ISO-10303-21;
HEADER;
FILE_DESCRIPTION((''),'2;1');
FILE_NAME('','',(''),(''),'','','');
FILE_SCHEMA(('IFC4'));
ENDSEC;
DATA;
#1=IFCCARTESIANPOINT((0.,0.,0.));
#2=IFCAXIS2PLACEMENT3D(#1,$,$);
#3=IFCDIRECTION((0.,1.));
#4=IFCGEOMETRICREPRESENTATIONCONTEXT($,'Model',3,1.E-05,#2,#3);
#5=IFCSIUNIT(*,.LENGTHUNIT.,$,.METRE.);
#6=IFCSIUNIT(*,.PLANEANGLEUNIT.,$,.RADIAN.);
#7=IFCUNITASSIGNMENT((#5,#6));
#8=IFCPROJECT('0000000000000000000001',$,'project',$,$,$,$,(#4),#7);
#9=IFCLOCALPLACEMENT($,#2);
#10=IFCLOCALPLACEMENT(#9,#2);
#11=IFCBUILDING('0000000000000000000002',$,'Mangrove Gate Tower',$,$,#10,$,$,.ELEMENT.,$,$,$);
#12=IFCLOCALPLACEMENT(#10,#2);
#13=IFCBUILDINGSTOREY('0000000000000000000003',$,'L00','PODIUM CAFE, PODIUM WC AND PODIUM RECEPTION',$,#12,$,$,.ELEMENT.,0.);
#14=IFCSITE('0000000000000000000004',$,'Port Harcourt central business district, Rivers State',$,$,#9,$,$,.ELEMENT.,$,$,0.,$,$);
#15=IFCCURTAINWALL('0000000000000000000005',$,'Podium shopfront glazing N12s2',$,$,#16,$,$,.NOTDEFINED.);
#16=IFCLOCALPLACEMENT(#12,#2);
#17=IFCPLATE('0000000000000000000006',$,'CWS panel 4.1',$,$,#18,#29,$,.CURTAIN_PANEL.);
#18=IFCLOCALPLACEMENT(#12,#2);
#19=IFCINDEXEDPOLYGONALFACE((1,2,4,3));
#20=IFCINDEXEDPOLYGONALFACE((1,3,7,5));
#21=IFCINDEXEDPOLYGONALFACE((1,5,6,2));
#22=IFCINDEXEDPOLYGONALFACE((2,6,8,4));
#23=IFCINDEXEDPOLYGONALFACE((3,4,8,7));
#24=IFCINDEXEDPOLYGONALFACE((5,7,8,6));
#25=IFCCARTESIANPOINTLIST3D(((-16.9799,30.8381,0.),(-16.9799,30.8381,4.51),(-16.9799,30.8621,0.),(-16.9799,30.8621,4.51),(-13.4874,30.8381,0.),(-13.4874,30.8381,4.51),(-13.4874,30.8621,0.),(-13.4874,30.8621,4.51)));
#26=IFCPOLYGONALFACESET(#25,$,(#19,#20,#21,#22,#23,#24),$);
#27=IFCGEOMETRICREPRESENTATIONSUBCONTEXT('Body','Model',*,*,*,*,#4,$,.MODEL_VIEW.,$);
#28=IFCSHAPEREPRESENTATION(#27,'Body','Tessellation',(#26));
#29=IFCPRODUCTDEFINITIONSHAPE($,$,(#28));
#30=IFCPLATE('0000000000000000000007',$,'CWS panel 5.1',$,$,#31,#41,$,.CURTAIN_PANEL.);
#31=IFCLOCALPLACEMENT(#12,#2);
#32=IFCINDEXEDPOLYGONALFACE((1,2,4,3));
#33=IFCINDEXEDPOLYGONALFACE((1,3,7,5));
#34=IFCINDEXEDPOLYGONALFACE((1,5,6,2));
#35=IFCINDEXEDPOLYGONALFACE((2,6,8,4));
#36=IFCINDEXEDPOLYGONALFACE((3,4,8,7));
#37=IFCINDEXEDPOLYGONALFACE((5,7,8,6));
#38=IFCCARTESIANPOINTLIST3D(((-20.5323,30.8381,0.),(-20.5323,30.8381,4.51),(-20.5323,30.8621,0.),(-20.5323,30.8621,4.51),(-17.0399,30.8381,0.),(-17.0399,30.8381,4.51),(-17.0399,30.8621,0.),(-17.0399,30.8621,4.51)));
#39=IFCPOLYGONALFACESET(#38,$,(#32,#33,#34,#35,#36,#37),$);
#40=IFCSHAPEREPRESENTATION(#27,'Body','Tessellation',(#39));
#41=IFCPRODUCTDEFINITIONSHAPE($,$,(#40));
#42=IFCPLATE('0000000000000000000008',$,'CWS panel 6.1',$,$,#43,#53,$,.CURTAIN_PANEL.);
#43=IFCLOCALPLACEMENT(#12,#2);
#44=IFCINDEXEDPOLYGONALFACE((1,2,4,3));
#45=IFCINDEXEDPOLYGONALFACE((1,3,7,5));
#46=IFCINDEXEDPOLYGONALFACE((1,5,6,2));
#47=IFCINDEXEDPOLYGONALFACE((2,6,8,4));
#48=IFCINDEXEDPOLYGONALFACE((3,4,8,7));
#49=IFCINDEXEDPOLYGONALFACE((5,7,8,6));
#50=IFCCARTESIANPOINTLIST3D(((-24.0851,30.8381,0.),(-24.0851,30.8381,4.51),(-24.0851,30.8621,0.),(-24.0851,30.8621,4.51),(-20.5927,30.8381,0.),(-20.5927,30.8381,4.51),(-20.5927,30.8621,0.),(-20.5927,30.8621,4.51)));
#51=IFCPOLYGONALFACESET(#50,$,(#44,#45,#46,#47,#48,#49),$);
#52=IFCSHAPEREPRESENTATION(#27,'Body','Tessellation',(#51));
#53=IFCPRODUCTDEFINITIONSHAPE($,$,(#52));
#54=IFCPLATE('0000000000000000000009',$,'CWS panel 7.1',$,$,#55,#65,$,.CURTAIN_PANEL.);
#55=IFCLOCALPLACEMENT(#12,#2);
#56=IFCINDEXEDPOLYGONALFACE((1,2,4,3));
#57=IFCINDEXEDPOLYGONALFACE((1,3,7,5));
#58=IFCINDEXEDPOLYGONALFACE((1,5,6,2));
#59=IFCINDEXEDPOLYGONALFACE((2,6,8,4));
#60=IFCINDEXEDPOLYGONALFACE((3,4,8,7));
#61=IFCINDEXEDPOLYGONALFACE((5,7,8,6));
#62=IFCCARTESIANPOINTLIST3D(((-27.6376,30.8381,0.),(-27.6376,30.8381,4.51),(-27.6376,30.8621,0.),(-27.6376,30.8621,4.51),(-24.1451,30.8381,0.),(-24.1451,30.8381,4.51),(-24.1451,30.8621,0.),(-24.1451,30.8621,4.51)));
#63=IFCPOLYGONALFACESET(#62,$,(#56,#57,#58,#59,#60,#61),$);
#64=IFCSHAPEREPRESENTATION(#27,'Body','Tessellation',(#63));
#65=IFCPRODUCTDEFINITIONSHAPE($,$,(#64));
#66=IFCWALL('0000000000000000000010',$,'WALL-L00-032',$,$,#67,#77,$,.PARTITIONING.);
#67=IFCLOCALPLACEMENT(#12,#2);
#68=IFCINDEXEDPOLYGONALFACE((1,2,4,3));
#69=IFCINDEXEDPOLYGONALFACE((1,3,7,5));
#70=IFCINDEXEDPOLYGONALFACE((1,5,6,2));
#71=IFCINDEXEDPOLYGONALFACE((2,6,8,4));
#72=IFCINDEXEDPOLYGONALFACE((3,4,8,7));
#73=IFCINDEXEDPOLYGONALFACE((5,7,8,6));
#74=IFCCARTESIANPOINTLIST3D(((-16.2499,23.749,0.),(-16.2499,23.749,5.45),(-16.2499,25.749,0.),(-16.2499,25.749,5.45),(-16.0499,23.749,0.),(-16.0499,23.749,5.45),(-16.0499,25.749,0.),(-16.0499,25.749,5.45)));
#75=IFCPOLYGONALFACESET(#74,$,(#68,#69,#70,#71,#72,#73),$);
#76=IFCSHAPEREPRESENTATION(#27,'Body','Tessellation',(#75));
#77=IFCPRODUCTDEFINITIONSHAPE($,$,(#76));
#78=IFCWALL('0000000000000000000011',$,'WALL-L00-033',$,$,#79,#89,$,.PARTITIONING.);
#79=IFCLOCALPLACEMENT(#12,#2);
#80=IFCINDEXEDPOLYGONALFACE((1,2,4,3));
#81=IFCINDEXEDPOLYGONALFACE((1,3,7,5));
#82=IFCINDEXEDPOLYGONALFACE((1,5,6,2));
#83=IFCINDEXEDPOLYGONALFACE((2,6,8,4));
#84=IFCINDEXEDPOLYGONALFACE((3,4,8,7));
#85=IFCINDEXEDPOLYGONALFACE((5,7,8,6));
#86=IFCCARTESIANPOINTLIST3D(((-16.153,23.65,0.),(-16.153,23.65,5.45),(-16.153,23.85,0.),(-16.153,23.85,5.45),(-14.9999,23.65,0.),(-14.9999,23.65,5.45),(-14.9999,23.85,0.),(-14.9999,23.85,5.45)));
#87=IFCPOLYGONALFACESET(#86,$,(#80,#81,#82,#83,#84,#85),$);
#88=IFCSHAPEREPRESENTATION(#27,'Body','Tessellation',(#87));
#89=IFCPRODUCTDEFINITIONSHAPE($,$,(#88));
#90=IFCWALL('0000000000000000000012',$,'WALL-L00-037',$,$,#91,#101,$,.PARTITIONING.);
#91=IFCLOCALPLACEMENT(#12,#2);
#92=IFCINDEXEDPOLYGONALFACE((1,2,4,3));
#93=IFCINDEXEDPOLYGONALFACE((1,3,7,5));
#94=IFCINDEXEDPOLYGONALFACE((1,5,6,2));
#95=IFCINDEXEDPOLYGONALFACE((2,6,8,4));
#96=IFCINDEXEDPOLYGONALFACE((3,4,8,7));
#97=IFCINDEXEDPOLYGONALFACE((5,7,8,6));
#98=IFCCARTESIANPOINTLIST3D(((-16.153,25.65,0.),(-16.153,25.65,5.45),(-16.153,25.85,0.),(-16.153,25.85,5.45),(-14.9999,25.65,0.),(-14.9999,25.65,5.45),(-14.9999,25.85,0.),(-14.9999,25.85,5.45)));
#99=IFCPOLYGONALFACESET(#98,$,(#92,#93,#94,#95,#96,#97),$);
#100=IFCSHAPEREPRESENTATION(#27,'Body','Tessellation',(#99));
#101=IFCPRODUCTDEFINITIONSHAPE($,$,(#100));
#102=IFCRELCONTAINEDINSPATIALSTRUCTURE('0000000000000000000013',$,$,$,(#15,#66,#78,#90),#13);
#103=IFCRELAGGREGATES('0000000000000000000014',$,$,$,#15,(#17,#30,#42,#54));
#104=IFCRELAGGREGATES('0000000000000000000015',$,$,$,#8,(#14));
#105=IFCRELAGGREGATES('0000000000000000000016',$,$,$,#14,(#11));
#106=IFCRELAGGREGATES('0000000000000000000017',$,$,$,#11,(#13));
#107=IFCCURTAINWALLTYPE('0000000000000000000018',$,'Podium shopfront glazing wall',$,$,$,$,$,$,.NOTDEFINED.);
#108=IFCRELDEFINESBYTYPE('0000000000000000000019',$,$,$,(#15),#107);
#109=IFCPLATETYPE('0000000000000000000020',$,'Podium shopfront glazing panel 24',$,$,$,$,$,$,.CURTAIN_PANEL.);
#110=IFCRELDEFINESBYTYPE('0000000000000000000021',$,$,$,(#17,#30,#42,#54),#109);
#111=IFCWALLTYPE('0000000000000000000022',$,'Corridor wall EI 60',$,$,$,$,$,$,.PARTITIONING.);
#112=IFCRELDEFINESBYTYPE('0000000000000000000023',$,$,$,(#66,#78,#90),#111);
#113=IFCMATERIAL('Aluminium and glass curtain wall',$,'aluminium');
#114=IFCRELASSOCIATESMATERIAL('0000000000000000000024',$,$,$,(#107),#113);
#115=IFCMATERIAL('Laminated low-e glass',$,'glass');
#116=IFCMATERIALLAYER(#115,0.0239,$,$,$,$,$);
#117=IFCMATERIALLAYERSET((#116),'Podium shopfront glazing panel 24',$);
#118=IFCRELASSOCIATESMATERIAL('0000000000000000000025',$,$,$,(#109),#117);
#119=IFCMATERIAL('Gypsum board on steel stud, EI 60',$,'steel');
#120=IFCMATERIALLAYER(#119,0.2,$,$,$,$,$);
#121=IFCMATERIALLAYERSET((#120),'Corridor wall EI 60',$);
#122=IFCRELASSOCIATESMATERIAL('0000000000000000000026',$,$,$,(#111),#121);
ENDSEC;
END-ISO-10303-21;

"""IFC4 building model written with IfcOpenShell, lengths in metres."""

from ifc_helpers import new_model, si_unit, direction, frame, frame_2d, origin, origin_2d, place, context, subcontext, project, spatial, rectangle, extrude, material, layer, layer_set, type_object, element, aggregate, save


model = new_model("IFC4")

# Units and contexts
model_context = context("Model", 3, precision=1e-05, world=origin(), true_north=direction((0.0, 1.0)))
body_context = subcontext(model_context, "Body", "Model", "MODEL_VIEW")
ifc_project = project(units=[si_unit("LENGTHUNIT", "METRE"), si_unit("PLANEANGLEUNIT", "RADIAN")], contexts=[model_context])

# Site, building, storey
site_placement = place(None, origin())
site = spatial("IfcSite", under=ifc_project, at=site_placement, Name="Port Harcourt central business district, Rivers State", CompositionType="ELEMENT", RefElevation=0.0)
building_placement = place(site_placement, origin())
building = spatial("IfcBuilding", under=site, at=building_placement, Name="Mangrove Gate Tower", CompositionType="ELEMENT")
storey_placement = place(building_placement, origin())
storey = spatial("IfcBuildingStorey", under=building, at=storey_placement, Name="L00", Description="PODIUM CAFE, PODIUM WC AND PODIUM RECEPTION", CompositionType="ELEMENT", Elevation=0.0)

# Curtain wall, plates
ifc_material_1 = material(Name="Aluminium and glass curtain wall", Category="aluminium")
curtain_wall_type = type_object("IfcCurtainWallType", Name="Podium shopfront glazing wall", PredefinedType="NOTDEFINED", material=ifc_material_1)
curtain_wall_placement = place(storey_placement, origin())
curtain_wall = element("IfcCurtainWall", 1, at=curtain_wall_placement, inside=storey, type_object=curtain_wall_type, Name="Podium shopfront glazing N12s2", PredefinedType="NOTDEFINED")
ifc_material_2 = material(Name="Laminated low-e glass", Category="glass")
ifc_layer_1 = layer(ifc_material_2, 0.0239)
ifc_layer_set_1 = layer_set([ifc_layer_1], Name="Podium shopfront glazing panel 24")
plate_type = type_object("IfcPlateType", Name="Podium shopfront glazing panel 24", PredefinedType="CURTAIN_PANEL", material=ifc_layer_set_1)
plate_1_placement = place(storey_placement, frame((-15.2336, 30.8501, 0.0), z_axis=(0.0, 0.0, 1.0), x_axis=(-1.0, 0.0, 0.0)))
plate_1 = element("IfcPlate", 2, at=plate_1_placement, type_object=plate_type, Name="CWS panel 4.1", PredefinedType="CURTAIN_PANEL", context=body_context, shape_type="SweptSolid", body=[
    extrude(rectangle(XDim=3.4924, YDim=0.0239, at=origin_2d()), origin(), (0.0, 0.0, 1.0), 4.51),
])
plate_2_placement = place(storey_placement, frame((-18.7861, 30.8501, 0.0), z_axis=(0.0, 0.0, 1.0), x_axis=(-1.0, 0.0, 0.0)))
plate_2 = element("IfcPlate", 3, at=plate_2_placement, type_object=plate_type, Name="CWS panel 5.1", PredefinedType="CURTAIN_PANEL", context=body_context, shape_type="SweptSolid", body=[
    extrude(rectangle(XDim=3.4924, YDim=0.0239, at=origin_2d()), origin(), (0.0, 0.0, 1.0), 4.51),
])
plate_3_placement = place(storey_placement, frame((-22.3389, 30.8501, 0.0), z_axis=(0.0, 0.0, 1.0), x_axis=(-1.0, 0.0, 0.0)))
plate_3 = element("IfcPlate", 4, at=plate_3_placement, type_object=plate_type, Name="CWS panel 6.1", PredefinedType="CURTAIN_PANEL", context=body_context, shape_type="SweptSolid", body=[
    extrude(rectangle(XDim=3.4924, YDim=0.0239, at=origin_2d()), origin(), (0.0, 0.0, 1.0), 4.51),
])
plate_4_placement = place(storey_placement, frame((-25.8914, 30.8501, 0.0), z_axis=(0.0, 0.0, 1.0), x_axis=(-1.0, 0.0, 0.0)))
plate_4 = element("IfcPlate", 5, at=plate_4_placement, type_object=plate_type, Name="CWS panel 7.1", PredefinedType="CURTAIN_PANEL", context=body_context, shape_type="SweptSolid", body=[
    extrude(rectangle(XDim=3.4924, YDim=0.0239, at=origin_2d()), origin(), (0.0, 0.0, 1.0), 4.51),
])
aggregate(curtain_wall, [plate_1, plate_2, plate_3, plate_4])

# Walls
ifc_material_3 = material(Name="Gypsum board on steel stud, EI 60", Category="steel")
ifc_layer_2 = layer(ifc_material_3, 0.2)
ifc_layer_set_2 = layer_set([ifc_layer_2], Name="Corridor wall EI 60")
wall_type = type_object("IfcWallType", Name="Corridor wall EI 60", PredefinedType="PARTITIONING", material=ifc_layer_set_2)
wall_placement = place(storey_placement, frame((-16.1499, 23.749, 0.0), z_axis=(0.0, 0.0, 1.0), x_axis=(0.0, 1.0, 0.0)))
element("IfcWall", 6, at=wall_placement, inside=storey, type_object=wall_type, Name="WALL-L00-032", PredefinedType="PARTITIONING", context=body_context, shape_type="SweptSolid", body=[
    extrude(rectangle(XDim=2.0, YDim=0.2, at=frame_2d((1.0, 0.0))), origin(), (0.0, 0.0, 1.0), 5.45),
])
for number, where, z_axis, x_axis, name in (
    (7, (-16.1531, 23.75, 0.0), (0.0, 0.0, 1.0), (1.0, 0.0, 0.0), "WALL-L00-033"),
    (8, (-16.1531, 25.75, 0.0), (0.0, 0.0, 1.0), (1.0, 0.0, 0.0), "WALL-L00-037"),
):
    element("IfcWall", number, at=place(storey_placement, frame(where, z_axis=z_axis, x_axis=x_axis)), inside=storey, type_object=wall_type, Name=name, PredefinedType="PARTITIONING", context=body_context, shape_type="SweptSolid", body=[
        extrude(rectangle(XDim=1.1531, YDim=0.2, at=frame_2d((0.5767, 0.0))), origin(), (0.0, 0.0, 1.0), 5.45),
    ])

save(model, "model.ifc")
